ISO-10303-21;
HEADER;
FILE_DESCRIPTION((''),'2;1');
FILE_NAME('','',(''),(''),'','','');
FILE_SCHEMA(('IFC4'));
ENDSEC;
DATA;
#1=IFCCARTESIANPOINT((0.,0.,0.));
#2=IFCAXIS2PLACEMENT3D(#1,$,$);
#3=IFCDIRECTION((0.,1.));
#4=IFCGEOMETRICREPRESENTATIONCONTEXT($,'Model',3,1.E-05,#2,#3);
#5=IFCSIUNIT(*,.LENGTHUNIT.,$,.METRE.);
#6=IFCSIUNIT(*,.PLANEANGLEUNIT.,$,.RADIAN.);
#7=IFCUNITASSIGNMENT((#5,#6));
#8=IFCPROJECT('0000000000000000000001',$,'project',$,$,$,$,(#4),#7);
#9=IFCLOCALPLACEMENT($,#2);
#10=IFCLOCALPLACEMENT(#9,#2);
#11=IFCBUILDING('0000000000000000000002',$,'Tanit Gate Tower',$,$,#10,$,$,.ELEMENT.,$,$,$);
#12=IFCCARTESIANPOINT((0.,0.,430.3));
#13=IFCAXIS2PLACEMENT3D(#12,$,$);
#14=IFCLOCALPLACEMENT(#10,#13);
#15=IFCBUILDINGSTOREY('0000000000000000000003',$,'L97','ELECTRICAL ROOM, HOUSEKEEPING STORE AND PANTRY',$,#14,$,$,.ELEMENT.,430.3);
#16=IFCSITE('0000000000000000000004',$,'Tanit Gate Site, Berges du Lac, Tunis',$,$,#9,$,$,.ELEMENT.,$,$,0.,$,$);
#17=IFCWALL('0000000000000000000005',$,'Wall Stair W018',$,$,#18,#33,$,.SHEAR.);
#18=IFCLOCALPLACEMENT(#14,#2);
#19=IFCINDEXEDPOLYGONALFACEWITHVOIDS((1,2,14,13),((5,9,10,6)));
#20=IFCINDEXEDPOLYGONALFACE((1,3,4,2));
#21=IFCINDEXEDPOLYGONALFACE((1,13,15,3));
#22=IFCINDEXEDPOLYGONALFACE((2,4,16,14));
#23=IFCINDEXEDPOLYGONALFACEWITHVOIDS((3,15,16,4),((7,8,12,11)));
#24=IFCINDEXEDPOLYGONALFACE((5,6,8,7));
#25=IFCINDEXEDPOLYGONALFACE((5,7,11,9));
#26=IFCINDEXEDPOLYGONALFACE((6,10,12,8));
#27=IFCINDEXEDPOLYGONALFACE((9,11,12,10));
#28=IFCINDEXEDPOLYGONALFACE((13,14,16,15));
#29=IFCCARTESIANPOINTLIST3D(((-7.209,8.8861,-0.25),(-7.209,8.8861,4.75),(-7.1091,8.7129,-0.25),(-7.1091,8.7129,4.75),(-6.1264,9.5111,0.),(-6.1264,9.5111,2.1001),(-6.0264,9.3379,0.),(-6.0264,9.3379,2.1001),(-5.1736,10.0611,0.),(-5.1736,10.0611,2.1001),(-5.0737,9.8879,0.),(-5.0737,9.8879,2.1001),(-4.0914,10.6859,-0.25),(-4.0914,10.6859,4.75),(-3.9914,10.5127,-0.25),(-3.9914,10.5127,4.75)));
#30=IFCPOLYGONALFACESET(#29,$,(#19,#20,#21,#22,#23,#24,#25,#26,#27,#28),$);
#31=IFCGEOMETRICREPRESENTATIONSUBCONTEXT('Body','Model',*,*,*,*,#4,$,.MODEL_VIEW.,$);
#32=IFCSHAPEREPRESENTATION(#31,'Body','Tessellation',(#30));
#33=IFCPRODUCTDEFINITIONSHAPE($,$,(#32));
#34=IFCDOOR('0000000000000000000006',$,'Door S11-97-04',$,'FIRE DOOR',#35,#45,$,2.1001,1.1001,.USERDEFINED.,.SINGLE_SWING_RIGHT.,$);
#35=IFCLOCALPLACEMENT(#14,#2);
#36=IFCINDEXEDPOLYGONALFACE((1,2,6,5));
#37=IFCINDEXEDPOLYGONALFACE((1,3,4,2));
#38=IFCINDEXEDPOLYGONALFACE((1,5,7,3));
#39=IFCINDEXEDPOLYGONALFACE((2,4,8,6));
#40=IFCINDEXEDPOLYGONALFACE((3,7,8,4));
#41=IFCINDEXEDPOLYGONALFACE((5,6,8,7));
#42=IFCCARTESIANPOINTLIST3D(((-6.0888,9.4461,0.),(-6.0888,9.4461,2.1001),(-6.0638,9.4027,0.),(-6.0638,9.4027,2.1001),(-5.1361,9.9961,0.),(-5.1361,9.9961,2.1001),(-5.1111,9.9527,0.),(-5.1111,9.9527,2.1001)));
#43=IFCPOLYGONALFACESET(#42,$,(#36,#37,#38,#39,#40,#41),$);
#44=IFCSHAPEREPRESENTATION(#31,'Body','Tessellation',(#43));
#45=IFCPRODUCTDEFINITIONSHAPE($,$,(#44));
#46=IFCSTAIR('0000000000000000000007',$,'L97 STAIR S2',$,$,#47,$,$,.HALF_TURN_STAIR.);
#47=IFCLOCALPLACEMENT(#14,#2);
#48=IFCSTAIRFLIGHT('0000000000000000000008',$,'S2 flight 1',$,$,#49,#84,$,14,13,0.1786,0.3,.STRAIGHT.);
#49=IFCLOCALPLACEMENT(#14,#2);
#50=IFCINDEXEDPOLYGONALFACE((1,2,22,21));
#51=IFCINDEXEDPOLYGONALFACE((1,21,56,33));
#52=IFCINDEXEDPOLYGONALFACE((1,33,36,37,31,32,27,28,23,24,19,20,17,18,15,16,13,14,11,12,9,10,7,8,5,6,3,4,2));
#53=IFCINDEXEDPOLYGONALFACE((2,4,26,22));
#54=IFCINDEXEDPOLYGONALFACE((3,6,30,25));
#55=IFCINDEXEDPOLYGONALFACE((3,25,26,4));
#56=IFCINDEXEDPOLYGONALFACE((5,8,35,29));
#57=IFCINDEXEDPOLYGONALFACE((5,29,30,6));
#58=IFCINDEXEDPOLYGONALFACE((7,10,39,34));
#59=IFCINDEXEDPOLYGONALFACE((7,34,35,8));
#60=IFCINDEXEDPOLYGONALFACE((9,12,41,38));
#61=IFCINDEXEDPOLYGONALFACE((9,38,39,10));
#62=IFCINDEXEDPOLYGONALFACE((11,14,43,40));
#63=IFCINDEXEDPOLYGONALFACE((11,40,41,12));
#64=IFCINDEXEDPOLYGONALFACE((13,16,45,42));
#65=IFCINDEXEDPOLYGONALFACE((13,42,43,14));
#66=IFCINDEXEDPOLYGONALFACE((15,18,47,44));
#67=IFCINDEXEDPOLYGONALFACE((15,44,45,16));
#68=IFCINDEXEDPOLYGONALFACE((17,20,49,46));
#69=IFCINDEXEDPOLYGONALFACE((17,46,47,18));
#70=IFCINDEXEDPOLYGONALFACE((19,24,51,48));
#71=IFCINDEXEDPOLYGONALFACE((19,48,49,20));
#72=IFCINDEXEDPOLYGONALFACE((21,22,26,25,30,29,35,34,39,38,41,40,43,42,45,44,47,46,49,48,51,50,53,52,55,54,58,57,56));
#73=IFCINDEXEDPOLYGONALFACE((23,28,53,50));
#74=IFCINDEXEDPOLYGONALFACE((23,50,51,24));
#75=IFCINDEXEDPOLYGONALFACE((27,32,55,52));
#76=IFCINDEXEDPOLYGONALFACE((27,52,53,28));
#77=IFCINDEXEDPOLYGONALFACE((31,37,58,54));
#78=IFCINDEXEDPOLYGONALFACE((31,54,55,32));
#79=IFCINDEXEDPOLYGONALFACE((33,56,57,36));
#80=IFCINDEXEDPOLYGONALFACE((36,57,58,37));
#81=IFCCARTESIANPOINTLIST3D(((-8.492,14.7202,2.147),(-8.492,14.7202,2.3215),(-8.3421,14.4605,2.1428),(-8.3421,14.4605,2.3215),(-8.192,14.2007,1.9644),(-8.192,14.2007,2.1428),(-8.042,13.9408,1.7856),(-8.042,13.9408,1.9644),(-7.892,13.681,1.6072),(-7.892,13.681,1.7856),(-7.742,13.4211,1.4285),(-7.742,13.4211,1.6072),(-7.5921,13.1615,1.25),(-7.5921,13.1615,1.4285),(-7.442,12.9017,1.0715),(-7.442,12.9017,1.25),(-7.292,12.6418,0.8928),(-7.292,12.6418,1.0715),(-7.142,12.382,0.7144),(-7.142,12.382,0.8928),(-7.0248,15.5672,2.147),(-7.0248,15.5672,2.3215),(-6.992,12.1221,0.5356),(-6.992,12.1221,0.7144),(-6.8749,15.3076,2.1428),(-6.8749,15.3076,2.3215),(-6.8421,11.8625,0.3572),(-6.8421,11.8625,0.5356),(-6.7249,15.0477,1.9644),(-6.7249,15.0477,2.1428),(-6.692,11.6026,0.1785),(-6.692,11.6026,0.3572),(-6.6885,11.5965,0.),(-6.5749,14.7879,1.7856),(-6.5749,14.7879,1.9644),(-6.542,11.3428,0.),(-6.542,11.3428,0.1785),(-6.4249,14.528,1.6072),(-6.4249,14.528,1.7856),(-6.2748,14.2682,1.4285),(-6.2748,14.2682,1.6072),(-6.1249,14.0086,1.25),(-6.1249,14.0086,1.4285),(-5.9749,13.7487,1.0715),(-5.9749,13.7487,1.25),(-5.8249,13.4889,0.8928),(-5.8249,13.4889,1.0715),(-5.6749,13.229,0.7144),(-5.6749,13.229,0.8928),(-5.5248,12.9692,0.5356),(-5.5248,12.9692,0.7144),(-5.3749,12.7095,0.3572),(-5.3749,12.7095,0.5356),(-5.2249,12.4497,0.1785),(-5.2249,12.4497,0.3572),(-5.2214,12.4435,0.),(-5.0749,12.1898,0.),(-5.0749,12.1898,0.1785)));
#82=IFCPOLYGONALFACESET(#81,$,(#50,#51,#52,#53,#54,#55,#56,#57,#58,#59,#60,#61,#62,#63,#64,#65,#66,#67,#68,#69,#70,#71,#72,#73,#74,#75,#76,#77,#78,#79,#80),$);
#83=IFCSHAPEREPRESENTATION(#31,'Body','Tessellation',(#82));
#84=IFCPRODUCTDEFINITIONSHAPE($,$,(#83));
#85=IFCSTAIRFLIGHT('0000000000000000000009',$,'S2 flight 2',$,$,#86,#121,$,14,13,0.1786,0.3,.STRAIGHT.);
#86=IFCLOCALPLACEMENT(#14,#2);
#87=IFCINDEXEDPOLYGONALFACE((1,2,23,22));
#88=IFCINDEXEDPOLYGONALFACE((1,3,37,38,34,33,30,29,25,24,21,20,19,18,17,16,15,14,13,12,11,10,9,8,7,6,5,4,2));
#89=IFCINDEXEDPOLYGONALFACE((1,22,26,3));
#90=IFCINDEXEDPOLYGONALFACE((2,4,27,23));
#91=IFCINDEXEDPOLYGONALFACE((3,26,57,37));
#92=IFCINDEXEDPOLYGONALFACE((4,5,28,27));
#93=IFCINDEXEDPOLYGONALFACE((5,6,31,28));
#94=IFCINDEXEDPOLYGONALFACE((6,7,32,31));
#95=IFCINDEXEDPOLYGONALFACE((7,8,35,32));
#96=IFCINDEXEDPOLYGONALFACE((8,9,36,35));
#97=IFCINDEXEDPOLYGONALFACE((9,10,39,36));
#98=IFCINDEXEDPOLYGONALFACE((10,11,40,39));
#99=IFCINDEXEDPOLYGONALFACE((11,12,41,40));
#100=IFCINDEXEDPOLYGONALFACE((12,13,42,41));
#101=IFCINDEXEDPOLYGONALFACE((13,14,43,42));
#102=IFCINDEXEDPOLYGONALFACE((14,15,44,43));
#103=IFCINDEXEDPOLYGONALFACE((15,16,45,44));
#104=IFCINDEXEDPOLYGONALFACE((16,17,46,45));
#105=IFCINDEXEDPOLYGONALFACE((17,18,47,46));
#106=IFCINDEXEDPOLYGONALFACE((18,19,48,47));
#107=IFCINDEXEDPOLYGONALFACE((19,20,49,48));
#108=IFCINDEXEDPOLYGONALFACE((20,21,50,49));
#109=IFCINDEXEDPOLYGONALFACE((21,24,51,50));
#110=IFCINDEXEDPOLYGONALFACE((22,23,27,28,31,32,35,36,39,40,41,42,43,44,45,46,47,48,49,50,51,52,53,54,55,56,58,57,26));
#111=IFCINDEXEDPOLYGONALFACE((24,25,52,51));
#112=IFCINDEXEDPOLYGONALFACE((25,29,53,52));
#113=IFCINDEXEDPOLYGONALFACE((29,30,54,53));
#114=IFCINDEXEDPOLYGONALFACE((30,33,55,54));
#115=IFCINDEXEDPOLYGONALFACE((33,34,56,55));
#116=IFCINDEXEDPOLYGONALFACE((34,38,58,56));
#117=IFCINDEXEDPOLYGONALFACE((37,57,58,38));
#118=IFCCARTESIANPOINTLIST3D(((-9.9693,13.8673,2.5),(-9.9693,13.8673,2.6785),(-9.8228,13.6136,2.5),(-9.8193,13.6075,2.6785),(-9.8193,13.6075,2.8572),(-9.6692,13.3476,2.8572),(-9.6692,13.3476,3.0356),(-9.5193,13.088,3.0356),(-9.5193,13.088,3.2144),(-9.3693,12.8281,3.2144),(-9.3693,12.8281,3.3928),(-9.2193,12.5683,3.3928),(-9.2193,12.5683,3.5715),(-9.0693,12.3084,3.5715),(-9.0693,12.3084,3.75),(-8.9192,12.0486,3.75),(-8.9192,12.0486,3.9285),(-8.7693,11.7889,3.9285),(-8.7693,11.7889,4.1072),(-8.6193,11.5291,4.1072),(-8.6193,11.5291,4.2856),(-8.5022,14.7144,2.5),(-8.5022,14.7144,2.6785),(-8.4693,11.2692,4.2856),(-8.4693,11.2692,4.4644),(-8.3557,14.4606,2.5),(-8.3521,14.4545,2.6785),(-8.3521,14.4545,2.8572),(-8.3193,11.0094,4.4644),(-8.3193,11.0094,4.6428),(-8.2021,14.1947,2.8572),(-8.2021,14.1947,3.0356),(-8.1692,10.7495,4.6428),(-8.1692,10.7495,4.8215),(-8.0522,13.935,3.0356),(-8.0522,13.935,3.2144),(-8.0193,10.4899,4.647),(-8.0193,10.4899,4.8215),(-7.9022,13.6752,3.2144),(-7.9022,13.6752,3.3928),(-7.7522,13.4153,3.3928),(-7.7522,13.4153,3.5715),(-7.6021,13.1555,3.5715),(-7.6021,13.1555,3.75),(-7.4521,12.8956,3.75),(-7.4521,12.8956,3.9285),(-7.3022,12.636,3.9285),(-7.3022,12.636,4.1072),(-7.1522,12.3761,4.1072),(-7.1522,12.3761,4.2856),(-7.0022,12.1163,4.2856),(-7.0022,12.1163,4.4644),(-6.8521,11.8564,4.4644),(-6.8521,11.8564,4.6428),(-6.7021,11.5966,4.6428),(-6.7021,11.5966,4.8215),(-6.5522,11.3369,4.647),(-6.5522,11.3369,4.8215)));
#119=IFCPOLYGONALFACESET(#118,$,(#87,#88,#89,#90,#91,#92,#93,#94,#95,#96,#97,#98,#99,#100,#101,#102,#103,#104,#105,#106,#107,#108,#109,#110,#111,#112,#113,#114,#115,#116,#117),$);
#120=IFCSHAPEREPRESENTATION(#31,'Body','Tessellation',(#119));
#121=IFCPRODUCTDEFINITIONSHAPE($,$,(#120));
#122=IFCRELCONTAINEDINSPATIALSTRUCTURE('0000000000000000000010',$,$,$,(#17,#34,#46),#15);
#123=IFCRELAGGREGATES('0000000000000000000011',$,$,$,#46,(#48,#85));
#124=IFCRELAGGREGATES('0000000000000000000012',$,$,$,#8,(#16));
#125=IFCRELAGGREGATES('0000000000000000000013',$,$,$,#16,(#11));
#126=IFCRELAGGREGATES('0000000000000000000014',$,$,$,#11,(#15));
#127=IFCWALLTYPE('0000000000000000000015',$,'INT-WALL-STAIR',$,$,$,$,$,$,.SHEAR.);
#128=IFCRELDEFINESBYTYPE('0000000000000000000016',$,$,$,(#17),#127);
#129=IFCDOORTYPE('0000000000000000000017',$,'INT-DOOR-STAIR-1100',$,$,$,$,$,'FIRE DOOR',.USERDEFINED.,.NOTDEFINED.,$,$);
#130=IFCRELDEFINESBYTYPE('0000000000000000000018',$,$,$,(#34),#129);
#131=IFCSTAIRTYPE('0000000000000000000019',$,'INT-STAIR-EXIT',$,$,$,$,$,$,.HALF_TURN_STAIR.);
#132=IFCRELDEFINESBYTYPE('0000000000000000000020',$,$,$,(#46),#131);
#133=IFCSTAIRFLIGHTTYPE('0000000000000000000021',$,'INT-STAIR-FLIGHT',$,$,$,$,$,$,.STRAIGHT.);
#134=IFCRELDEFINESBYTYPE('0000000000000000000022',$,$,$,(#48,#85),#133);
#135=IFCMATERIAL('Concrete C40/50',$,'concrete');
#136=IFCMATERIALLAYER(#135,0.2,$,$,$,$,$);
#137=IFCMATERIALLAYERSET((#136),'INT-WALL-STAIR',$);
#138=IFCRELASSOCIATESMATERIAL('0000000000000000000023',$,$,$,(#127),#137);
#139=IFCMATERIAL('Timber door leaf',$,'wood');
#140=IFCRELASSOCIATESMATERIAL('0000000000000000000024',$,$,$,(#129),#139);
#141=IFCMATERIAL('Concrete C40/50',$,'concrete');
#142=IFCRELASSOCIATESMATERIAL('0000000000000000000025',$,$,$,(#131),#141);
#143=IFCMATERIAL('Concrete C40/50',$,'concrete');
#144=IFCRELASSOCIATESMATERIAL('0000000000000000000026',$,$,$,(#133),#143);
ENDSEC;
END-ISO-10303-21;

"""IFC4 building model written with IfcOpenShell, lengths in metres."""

from ifc_helpers import new_model, si_unit, direction, frame, frame_2d, origin, place, context, subcontext, project, spatial, polyline, rectangle, outline, extrude, material, layer, layer_set, type_object, element, fill, aggregate, save


model = new_model("IFC4")

# Units and contexts
model_context = context("Model", 3, precision=1e-05, world=origin(), true_north=direction((0.0, 1.0)))
body_context = subcontext(model_context, "Body", "Model", "MODEL_VIEW")
ifc_project = project(units=[si_unit("LENGTHUNIT", "METRE"), si_unit("PLANEANGLEUNIT", "RADIAN")], contexts=[model_context])

# Site, building, storey
site_placement = place(None, origin())
site = spatial("IfcSite", under=ifc_project, at=site_placement, Name="Tanit Gate Site, Berges du Lac, Tunis", CompositionType="ELEMENT", RefElevation=0.0)
building_placement = place(site_placement, origin())
building = spatial("IfcBuilding", under=site, at=building_placement, Name="Tanit Gate Tower", CompositionType="ELEMENT")
storey_placement = place(building_placement, frame((0.0, 0.0, 430.3)))
storey = spatial("IfcBuildingStorey", under=building, at=storey_placement, Name="L97", Description="ELECTRICAL ROOM, HOUSEKEEPING STORE AND PANTRY", CompositionType="ELEMENT", Elevation=430.3)

# Shared definitions
ifc_material_1 = material(Name="Concrete C40/50", Category="concrete")
ifc_layer_1 = layer(ifc_material_1, 0.2)
ifc_layer_set_1 = layer_set([ifc_layer_1], Name="INT-WALL-STAIR")
wall_type_1 = type_object("IfcWallType", Name="INT-WALL-STAIR", PredefinedType="SHEAR", material=ifc_layer_set_1)

# Wall, opening, door
wall_1_placement = place(storey_placement, frame((-7.1589, 8.7996, -0.25), z_axis=(0.0, 0.0, 1.0), x_axis=(0.866048, 0.499961, 0.0)))
wall_1 = element("IfcWall", 1, at=wall_1_placement, inside=storey, type_object=wall_type_1, Name="Wall Stair W018", PredefinedType="SHEAR", context=body_context, shape_type="SweptSolid", body=[
    extrude(rectangle(XDim=3.5999, YDim=0.2, at=frame_2d((1.7998, 0.0))), origin(), (0.0, 0.0, 1.0), 5.0),
])
opening_1_placement = place(wall_1_placement, frame((1.25, 0.0, 0.25)))
opening_1 = element("IfcOpeningElement", 2, at=opening_1_placement, cuts=wall_1, PredefinedType="OPENING", context=body_context, shape_type="SweptSolid", body=[
    extrude(rectangle(XDim=1.1001, YDim=2.1001, at=frame_2d((0.55, 1.05))), frame((0.0, 0.1099, 0.0), z_axis=(0.0, -1.0, 0.0), x_axis=(1.0, 0.0, 0.0)), (0.0, 0.0, 1.0), 0.22),
])
ifc_material_2 = material(Name="Timber door leaf", Category="wood")
door_type_1 = type_object("IfcDoorType", Name="INT-DOOR-STAIR-1100", ElementType="FIRE DOOR", OperationType="NOTDEFINED", PredefinedType="USERDEFINED", material=ifc_material_2)
door_1_placement = place(opening_1_placement, origin())
door_1 = element("IfcDoor", 3, at=door_1_placement, inside=storey, type_object=door_type_1, Name="Door S11-97-04", ObjectType="FIRE DOOR", OperationType="SINGLE_SWING_RIGHT", OverallHeight=2.1001, OverallWidth=1.1001, PredefinedType="USERDEFINED", context=body_context, shape_type="SweptSolid", body=[
    extrude(rectangle(XDim=1.1001, YDim=2.1001, at=frame_2d((0.55, 1.05))), frame((0.0, 0.0249, 0.0), z_axis=(0.0, -1.0, 0.0), x_axis=(1.0, 0.0, 0.0)), (0.0, 0.0, 1.0), 0.05),
])
fill(opening_1, door_1)

# Stair, stair flights
ifc_material_3 = material(Name="Concrete C40/50", Category="concrete")
stair_type = type_object("IfcStairType", Name="INT-STAIR-EXIT", PredefinedType="HALF_TURN_STAIR", material=ifc_material_3)
stair_placement = place(storey_placement, origin())
stair = element("IfcStair", 4, at=stair_placement, inside=storey, type_object=stair_type, Name="L97 STAIR S2", PredefinedType="HALF_TURN_STAIR")
ifc_material_4 = material(Name="Concrete C40/50", Category="concrete")
stair_flight_type = type_object("IfcStairFlightType", Name="INT-STAIR-FLIGHT", PredefinedType="STRAIGHT", material=ifc_material_4)
stair_flight_1_placement = place(storey_placement, frame((-5.8083, 11.7664, 0.0), z_axis=(0.0, 0.0, 1.0), x_axis=(-0.5, 0.866025, 0.0)))
stair_flight_1 = element("IfcStairFlight", 5, at=stair_flight_1_placement, type_object=stair_flight_type, Name="S2 flight 1", NumberOfRisers=14, NumberOfTreads=13, PredefinedType="STRAIGHT", RiserHeight=0.1786, TreadLength=0.3, context=body_context, shape_type="SweptSolid", body=[
    extrude(outline(polyline([(0.0, 0.0), (0.0, 0.1785), (0.3, 0.1785), (0.3, 0.3572), (0.6001, 0.3572), (0.6001, 0.5356), (0.8999, 0.5356), (0.8999, 0.7144), (1.2, 0.7144), (1.2, 0.8928), (1.5, 0.8928), (1.5, 1.0715), (1.8, 1.0715), (1.8, 1.25), (2.1001, 1.25), (2.1001, 1.4285), (2.3999, 1.4285), (2.3999, 1.6072), (2.7, 1.6072), (2.7, 1.7856), (3.0, 1.7856), (3.0, 1.9644), (3.3, 1.9644), (3.3, 2.1428), (3.6001, 2.1428), (3.6001, 2.3215), (3.8999, 2.3215), (3.8999, 2.5), (3.8999, 2.147), (0.293, 0.0), (0.0, 0.0)])), frame((0.0, 0.8472, 0.0), z_axis=(0.0, -1.0, 0.0), x_axis=(1.0, 0.0, 0.0)), (0.0, 0.0, 1.0), 1.6941),
])
stair_flight_2_placement = place(storey_placement, frame((-9.2358, 14.2908, 2.5), z_axis=(0.0, 0.0, 1.0), x_axis=(0.5, -0.866025, 0.0)))
stair_flight_2 = element("IfcStairFlight", 6, at=stair_flight_2_placement, type_object=stair_flight_type, Name="S2 flight 2", NumberOfRisers=14, NumberOfTreads=13, PredefinedType="STRAIGHT", RiserHeight=0.1786, TreadLength=0.3, context=body_context, shape_type="SweptSolid", body=[
    extrude(outline(polyline([(0.0, 0.0), (0.0, 0.1785), (0.3, 0.1785), (0.3, 0.3572), (0.6001, 0.3572), (0.6001, 0.5356), (0.8999, 0.5356), (0.8999, 0.7144), (1.2, 0.7144), (1.2, 0.8928), (1.5, 0.8928), (1.5, 1.0715), (1.8, 1.0715), (1.8, 1.25), (2.1001, 1.25), (2.1001, 1.4285), (2.3999, 1.4285), (2.3999, 1.6072), (2.7, 1.6072), (2.7, 1.7856), (3.0, 1.7856), (3.0, 1.9644), (3.3, 1.9644), (3.3, 2.1428), (3.6001, 2.1428), (3.6001, 2.3215), (3.8999, 2.3215), (3.8999, 2.5), (3.8999, 2.147), (0.293, 0.0), (0.0, 0.0)])), frame((0.0, 0.8472, 0.0), z_axis=(0.0, -1.0, 0.0), x_axis=(1.0, 0.0, 0.0)), (0.0, 0.0, 1.0), 1.6941),
])
aggregate(stair, [stair_flight_1, stair_flight_2])

save(model, "model.ifc")
